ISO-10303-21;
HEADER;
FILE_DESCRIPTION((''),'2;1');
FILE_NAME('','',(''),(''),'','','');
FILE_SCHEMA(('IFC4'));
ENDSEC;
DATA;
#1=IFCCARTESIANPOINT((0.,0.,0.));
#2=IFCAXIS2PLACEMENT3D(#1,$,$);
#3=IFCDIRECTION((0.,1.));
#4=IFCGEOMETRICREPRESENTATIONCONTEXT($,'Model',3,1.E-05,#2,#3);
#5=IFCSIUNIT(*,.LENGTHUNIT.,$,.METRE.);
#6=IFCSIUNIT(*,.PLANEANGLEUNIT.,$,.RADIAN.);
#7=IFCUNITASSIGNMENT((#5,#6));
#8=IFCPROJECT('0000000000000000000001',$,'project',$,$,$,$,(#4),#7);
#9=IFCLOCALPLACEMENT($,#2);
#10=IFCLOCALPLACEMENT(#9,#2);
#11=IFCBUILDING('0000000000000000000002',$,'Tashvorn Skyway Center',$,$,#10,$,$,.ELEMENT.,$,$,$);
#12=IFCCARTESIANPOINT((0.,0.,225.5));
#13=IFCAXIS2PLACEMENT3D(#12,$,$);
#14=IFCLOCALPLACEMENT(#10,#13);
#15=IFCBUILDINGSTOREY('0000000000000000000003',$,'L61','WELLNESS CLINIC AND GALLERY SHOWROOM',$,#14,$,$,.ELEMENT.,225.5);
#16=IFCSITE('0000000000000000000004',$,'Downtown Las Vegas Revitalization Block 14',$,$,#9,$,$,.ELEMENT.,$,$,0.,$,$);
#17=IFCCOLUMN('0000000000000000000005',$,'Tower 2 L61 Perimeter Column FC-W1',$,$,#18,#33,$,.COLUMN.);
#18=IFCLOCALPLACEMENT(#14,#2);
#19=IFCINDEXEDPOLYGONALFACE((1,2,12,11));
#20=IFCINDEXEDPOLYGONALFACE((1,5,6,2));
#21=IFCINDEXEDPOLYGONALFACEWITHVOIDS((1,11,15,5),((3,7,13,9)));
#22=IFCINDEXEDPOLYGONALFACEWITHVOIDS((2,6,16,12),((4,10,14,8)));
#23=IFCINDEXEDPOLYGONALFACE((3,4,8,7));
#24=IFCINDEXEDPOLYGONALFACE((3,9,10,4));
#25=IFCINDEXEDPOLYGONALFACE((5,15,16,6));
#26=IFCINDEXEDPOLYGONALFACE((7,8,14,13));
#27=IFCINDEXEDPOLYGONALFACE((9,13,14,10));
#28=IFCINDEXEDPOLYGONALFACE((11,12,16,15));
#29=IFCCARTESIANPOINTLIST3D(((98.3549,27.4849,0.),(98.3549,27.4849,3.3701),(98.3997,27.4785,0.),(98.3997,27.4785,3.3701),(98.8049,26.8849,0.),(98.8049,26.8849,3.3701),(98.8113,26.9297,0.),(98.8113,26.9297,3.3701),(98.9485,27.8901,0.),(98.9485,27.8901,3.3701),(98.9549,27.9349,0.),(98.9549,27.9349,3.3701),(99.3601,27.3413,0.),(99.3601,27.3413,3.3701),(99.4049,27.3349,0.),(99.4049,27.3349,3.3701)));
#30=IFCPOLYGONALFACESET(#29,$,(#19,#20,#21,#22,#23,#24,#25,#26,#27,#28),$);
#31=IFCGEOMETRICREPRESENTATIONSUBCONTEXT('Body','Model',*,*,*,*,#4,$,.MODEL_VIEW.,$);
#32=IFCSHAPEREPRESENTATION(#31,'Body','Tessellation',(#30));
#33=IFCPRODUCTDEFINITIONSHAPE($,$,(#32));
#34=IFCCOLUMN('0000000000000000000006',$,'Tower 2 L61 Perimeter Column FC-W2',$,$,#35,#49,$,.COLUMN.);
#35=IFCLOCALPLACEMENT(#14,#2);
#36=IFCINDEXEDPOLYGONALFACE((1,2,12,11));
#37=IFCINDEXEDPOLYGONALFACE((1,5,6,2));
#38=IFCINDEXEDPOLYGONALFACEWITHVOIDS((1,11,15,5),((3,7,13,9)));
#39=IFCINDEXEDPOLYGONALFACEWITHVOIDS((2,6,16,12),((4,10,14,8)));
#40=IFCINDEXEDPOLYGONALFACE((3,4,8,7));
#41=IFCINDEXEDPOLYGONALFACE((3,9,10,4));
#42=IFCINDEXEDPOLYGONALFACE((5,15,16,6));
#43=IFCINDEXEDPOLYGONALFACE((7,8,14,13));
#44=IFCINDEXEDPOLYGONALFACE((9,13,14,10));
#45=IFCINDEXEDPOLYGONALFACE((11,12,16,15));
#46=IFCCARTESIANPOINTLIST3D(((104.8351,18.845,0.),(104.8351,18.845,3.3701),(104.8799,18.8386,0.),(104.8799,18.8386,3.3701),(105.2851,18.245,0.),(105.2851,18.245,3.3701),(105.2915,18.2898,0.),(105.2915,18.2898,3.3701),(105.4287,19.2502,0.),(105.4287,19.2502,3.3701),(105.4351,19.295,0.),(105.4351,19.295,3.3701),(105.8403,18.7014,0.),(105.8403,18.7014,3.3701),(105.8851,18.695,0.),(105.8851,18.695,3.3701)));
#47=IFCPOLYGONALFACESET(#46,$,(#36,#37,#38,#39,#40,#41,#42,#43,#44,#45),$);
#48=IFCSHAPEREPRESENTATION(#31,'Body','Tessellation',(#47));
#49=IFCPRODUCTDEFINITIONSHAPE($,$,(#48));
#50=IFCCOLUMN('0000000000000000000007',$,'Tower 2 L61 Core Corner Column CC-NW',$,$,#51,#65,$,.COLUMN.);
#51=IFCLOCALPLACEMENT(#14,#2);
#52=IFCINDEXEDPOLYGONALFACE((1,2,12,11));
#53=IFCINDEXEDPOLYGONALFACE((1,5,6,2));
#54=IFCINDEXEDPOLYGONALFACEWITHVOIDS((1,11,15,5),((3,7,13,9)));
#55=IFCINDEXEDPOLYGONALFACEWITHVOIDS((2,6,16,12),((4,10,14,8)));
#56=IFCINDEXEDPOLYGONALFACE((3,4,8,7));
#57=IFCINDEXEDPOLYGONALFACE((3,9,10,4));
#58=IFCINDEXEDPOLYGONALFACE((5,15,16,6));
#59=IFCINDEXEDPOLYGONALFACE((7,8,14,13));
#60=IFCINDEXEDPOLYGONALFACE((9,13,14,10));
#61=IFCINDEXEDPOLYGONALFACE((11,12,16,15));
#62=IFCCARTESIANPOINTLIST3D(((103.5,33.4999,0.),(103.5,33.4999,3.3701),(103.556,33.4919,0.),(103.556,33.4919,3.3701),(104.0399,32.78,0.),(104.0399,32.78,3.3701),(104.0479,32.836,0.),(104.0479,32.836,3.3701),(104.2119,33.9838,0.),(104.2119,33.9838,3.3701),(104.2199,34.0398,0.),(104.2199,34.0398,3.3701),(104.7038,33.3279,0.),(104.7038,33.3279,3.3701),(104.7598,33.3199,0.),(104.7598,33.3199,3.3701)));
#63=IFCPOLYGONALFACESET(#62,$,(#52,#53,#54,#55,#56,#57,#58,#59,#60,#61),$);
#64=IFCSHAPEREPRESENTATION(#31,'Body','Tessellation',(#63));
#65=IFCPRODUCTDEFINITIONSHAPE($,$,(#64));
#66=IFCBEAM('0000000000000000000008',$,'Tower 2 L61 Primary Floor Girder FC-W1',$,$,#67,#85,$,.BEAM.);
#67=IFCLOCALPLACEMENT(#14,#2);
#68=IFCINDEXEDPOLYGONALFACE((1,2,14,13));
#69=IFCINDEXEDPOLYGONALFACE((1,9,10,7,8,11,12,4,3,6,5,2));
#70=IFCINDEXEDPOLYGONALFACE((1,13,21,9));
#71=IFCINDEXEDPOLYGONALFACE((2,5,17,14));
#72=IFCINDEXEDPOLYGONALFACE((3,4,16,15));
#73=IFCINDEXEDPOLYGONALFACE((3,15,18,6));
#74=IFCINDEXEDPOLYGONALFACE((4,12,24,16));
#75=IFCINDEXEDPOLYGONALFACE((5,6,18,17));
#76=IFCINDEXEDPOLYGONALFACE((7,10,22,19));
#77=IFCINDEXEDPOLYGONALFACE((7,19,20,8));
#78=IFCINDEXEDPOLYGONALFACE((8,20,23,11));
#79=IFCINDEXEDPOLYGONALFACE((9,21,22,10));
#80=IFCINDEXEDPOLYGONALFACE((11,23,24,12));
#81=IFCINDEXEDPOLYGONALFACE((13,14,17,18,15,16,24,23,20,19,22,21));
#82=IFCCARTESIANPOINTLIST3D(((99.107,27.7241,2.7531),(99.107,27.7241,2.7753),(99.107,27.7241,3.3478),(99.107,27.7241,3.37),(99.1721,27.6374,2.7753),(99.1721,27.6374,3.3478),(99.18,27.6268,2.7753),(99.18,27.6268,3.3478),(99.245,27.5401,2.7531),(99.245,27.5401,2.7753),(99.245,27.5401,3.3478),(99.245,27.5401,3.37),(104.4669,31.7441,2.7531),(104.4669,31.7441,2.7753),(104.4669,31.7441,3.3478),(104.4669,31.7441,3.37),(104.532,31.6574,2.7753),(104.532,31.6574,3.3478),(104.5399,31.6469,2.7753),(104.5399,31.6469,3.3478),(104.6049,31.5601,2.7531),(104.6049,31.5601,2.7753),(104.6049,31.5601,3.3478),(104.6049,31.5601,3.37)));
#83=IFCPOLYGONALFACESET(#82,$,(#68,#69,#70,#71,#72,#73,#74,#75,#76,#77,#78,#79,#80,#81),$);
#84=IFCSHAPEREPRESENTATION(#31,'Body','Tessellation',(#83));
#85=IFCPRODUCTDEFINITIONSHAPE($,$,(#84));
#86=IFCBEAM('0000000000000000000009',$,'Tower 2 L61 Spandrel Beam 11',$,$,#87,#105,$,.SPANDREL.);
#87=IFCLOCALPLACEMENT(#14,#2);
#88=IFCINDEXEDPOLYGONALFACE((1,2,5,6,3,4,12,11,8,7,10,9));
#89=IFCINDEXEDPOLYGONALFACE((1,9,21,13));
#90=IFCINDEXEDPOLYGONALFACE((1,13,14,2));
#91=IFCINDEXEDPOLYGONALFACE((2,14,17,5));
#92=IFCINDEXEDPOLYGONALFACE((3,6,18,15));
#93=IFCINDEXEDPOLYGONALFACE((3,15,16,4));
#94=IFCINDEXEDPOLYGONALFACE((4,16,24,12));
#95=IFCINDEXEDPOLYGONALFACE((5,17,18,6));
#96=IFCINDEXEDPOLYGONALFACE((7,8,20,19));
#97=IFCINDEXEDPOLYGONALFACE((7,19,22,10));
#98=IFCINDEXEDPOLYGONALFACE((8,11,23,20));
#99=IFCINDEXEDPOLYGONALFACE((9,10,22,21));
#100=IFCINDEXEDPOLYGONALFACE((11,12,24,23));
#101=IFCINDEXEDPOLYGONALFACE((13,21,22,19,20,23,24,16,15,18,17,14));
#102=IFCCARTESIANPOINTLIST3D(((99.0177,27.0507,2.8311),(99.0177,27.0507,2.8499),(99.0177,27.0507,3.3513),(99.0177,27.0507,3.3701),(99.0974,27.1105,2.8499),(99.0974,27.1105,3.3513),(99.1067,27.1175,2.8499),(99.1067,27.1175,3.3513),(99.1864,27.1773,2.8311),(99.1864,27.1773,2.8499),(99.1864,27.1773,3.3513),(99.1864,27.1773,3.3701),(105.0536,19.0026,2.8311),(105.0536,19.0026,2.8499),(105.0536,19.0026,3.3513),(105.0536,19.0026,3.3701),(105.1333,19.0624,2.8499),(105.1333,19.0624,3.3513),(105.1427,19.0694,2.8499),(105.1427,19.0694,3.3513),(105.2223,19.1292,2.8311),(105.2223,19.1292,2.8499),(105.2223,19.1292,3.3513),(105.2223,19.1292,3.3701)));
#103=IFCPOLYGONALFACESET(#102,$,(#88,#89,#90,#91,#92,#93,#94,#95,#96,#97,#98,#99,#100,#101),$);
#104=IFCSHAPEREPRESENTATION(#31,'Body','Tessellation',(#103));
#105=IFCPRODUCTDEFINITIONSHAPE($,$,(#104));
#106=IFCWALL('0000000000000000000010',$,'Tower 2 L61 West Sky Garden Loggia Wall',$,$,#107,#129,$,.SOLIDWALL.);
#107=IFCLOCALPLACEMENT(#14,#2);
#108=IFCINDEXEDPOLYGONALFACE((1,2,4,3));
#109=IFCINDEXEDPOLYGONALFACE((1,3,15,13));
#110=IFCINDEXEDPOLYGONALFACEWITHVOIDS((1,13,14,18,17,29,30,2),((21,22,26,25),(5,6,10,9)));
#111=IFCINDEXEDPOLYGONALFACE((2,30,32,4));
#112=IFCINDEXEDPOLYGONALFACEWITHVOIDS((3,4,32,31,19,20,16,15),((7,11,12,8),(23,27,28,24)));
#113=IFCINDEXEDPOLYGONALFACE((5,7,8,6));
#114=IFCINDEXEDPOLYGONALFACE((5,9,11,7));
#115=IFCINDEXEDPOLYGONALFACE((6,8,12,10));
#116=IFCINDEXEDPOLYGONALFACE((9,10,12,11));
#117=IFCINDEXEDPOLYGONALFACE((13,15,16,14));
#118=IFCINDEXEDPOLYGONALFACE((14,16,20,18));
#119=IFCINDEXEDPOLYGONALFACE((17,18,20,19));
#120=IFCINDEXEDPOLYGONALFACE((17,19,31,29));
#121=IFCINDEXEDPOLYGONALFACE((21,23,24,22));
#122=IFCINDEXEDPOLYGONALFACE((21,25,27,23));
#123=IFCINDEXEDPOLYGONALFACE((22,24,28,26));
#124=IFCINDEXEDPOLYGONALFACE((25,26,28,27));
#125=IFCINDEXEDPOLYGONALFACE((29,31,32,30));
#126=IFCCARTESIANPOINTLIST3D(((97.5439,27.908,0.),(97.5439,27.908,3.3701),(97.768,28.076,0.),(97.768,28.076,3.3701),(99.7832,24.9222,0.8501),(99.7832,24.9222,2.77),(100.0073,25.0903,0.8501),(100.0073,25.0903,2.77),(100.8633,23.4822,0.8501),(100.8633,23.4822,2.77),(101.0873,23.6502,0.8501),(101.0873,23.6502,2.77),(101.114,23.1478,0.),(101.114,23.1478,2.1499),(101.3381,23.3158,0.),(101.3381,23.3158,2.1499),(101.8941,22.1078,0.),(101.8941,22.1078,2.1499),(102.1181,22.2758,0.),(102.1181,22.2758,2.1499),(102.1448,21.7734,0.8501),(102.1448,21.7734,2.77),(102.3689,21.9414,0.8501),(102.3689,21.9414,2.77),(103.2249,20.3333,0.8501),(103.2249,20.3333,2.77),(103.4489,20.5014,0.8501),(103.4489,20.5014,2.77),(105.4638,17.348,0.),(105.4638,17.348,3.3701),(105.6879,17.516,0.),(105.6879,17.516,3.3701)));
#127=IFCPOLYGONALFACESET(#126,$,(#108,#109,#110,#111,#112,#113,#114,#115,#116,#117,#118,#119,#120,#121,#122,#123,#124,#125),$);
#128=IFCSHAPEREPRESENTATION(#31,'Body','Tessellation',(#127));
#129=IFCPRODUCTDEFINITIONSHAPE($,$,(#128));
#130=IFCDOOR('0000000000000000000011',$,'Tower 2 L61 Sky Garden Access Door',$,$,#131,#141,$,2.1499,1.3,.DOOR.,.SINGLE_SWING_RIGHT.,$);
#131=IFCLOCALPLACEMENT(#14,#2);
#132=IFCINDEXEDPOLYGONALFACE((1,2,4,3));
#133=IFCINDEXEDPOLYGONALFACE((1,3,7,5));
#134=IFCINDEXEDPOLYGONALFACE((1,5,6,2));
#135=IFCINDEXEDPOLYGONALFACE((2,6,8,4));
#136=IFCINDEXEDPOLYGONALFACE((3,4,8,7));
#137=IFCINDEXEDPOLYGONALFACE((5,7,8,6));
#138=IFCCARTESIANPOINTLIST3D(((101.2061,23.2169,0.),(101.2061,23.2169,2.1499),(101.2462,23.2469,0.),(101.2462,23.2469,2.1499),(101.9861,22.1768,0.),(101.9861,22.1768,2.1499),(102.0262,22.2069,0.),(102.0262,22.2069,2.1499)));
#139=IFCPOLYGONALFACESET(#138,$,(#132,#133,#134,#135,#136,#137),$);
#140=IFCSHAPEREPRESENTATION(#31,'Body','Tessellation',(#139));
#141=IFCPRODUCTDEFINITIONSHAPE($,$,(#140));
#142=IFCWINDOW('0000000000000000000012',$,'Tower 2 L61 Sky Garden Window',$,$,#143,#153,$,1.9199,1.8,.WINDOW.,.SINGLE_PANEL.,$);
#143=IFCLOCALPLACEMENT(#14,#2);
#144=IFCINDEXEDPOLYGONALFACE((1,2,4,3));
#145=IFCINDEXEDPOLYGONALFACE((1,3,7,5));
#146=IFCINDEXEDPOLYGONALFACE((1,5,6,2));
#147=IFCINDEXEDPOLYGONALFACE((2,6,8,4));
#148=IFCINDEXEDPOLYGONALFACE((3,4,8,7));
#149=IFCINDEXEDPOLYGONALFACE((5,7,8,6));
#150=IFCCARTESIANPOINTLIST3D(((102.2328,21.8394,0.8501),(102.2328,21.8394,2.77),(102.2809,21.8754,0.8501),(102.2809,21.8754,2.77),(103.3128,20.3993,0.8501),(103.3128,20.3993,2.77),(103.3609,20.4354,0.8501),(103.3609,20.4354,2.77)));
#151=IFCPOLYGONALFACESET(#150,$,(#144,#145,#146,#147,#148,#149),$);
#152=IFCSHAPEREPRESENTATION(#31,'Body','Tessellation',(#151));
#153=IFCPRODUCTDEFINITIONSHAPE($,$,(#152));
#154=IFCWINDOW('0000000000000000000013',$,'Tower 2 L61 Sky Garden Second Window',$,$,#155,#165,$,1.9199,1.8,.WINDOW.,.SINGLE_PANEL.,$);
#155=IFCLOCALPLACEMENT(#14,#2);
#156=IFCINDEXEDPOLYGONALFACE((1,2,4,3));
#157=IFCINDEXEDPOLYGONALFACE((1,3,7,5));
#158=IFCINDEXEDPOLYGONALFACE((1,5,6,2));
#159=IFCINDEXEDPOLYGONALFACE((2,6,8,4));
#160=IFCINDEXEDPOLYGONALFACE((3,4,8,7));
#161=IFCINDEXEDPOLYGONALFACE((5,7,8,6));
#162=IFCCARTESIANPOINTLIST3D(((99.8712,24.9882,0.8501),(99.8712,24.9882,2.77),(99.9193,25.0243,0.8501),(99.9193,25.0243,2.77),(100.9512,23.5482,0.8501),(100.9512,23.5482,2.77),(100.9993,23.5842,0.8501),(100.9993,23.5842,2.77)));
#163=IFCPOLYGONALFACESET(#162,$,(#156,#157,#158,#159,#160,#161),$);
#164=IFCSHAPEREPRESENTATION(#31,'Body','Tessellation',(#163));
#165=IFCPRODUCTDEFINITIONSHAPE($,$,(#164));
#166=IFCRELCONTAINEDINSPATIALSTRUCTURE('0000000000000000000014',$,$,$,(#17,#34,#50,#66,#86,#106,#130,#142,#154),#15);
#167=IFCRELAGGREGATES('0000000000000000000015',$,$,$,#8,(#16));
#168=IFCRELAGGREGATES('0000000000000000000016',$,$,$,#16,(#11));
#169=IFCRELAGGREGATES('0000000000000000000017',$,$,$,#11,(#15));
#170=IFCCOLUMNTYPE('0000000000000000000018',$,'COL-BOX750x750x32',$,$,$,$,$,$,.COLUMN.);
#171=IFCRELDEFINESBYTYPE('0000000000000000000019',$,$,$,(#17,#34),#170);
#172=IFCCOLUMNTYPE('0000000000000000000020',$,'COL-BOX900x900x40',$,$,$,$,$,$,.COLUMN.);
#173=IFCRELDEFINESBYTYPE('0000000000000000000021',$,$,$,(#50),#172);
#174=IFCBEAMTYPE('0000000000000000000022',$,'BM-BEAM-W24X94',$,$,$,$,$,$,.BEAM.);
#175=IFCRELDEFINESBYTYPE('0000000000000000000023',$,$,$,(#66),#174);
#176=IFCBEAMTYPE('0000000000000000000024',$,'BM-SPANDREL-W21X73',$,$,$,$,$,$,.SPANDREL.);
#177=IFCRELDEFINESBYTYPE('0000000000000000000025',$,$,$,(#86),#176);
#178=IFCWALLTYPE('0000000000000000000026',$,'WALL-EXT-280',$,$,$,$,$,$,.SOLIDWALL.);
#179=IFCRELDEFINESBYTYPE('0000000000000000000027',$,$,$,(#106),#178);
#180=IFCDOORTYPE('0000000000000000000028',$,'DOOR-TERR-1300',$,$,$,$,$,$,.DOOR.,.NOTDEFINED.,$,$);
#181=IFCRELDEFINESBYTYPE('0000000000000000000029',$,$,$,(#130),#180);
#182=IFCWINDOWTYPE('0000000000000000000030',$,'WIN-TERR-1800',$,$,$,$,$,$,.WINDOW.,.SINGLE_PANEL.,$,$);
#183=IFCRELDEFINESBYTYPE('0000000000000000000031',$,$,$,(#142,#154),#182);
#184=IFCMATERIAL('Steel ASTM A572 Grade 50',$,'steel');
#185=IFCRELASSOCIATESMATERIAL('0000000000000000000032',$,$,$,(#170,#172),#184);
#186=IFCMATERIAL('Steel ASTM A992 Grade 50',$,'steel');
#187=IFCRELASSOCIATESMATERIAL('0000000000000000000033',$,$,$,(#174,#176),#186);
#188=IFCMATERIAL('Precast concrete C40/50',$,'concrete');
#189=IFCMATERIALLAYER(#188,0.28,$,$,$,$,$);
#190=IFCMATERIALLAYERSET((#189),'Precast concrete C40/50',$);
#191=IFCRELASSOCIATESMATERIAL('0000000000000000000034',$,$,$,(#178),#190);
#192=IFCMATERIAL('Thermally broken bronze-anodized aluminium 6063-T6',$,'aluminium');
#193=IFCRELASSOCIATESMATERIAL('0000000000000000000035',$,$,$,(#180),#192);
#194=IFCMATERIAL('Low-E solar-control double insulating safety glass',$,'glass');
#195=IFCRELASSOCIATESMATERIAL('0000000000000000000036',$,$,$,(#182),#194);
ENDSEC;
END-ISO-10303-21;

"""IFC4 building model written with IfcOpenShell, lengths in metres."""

from ifc_helpers import new_model, si_unit, direction, frame, frame_2d, origin, origin_2d, place, context, subcontext, project, spatial, rectangle, hollow_rectangle, i_section, extrude, material, layer, layer_set, material_profile, profile_set, type_object, element, fill, save


model = new_model("IFC4")

# Units and contexts
model_context = context("Model", 3, precision=1e-05, world=origin(), true_north=direction((0.0, 1.0)))
body_context = subcontext(model_context, "Body", "Model", "MODEL_VIEW")
ifc_project = project(units=[si_unit("LENGTHUNIT", "METRE"), si_unit("PLANEANGLEUNIT", "RADIAN")], contexts=[model_context])

# Site, building, storey
site_placement = place(None, origin())
site = spatial("IfcSite", under=ifc_project, at=site_placement, Name="Downtown Las Vegas Revitalization Block 14", CompositionType="ELEMENT", RefElevation=0.0)
building_placement = place(site_placement, origin())
building = spatial("IfcBuilding", under=site, at=building_placement, Name="Tashvorn Skyway Center", CompositionType="ELEMENT")
storey_placement = place(building_placement, frame((0.0, 0.0, 225.5)))
storey = spatial("IfcBuildingStorey", under=building, at=storey_placement, Name="L61", Description="WELLNESS CLINIC AND GALLERY SHOWROOM", CompositionType="ELEMENT", Elevation=225.5)

# Columns
ifc_material_1 = material(Name="Steel ASTM A572 Grade 50", Category="steel")
ifc_material_profile_1 = material_profile(ifc_material_1, hollow_rectangle(XDim=0.75, YDim=0.75, WallThickness=0.032, at=origin_2d()), Name="BOX750x750x32")
ifc_profile_set_1 = profile_set([ifc_material_profile_1], Name="Steel ASTM A572 Grade 50")
column_type_1 = type_object("IfcColumnType", Name="COL-BOX750x750x32", PredefinedType="COLUMN", material=ifc_profile_set_1)
for number, where, z_axis, x_axis, name in (
    (1, (98.8799, 27.4099, 0.0), (0.0, 0.0, 1.0), (0.8, 0.6, 0.0), "Tower 2 L61 Perimeter Column FC-W1"),
    (2, (105.3601, 18.77, 0.0), (0.0, 0.0, 1.0), (0.8, 0.6, 0.0), "Tower 2 L61 Perimeter Column FC-W2"),
):
    element("IfcColumn", number, at=place(storey_placement, frame(where, z_axis=z_axis, x_axis=x_axis)), inside=storey, type_object=column_type_1, Name=name, PredefinedType="COLUMN", context=body_context, shape_type="SweptSolid", body=[
        extrude(hollow_rectangle(XDim=0.75, YDim=0.75, WallThickness=0.032, at=origin_2d()), origin(), (0.0, 0.0, 1.0), 3.3701),
    ])
ifc_material_profile_2 = material_profile(ifc_material_1, hollow_rectangle(XDim=0.8999, YDim=0.8999, WallThickness=0.04, at=origin_2d()), Name="BOX900x900x40")
ifc_profile_set_2 = profile_set([ifc_material_profile_2], Name="Steel ASTM A572 Grade 50")
column_type_2 = type_object("IfcColumnType", Name="COL-BOX900x900x40", PredefinedType="COLUMN", material=ifc_profile_set_2)
column_placement = place(storey_placement, frame((104.1299, 33.4099, 0.0), z_axis=(0.0, 0.0, 1.0), x_axis=(0.8, 0.6, 0.0)))
element("IfcColumn", 3, at=column_placement, inside=storey, type_object=column_type_2, Name="Tower 2 L61 Core Corner Column CC-NW", PredefinedType="COLUMN", context=body_context, shape_type="SweptSolid", body=[
    extrude(hollow_rectangle(XDim=0.8999, YDim=0.8999, WallThickness=0.04, at=origin_2d()), origin(), (0.0, 0.0, 1.0), 3.3701),
])

# Beams
ifc_material_2 = material(Name="Steel ASTM A992 Grade 50", Category="steel")
ifc_material_profile_3 = material_profile(ifc_material_2, i_section(OverallWidth=0.23, OverallDepth=0.6169, WebThickness=0.0132, FlangeThickness=0.0222, at=origin_2d()), Name="W24X94")
ifc_profile_set_3 = profile_set([ifc_material_profile_3], Name="Steel ASTM A992 Grade 50")
beam_type_1 = type_object("IfcBeamType", Name="BM-BEAM-W24X94", PredefinedType="BEAM", material=ifc_profile_set_3)
beam_1_placement = place(storey_placement, frame((99.176, 27.6321, 3.0615), z_axis=(0.799991, 0.600012, 0.0), x_axis=(-0.600012, 0.799991, 0.0)))
element("IfcBeam", 4, at=beam_1_placement, inside=storey, type_object=beam_type_1, Name="Tower 2 L61 Primary Floor Girder FC-W1", PredefinedType="BEAM", context=body_context, shape_type="SweptSolid", body=[
    extrude(i_section(OverallWidth=0.23, OverallDepth=0.6169, WebThickness=0.0132, FlangeThickness=0.0222, at=origin_2d()), origin(), (0.0, 0.0, 1.0), 6.7),
])
ifc_material_profile_4 = material_profile(ifc_material_2, i_section(OverallWidth=0.2109, OverallDepth=0.5391, WebThickness=0.0117, FlangeThickness=0.0188, at=origin_2d()), Name="W21X73")
ifc_profile_set_4 = profile_set([ifc_material_profile_4], Name="Steel ASTM A992 Grade 50")
beam_type_2 = type_object("IfcBeamType", Name="BM-SPANDREL-W21X73", PredefinedType="SPANDREL", material=ifc_profile_set_4)
beam_2_placement = place(storey_placement, frame((99.1021, 27.114, 3.1006), z_axis=(0.599988, -0.800009, 0.0), x_axis=(0.800009, 0.599988, 0.0)))
element("IfcBeam", 5, at=beam_2_placement, inside=storey, type_object=beam_type_2, Name="Tower 2 L61 Spandrel Beam 11", PredefinedType="SPANDREL", context=body_context, shape_type="SweptSolid", body=[
    extrude(i_section(OverallWidth=0.2109, OverallDepth=0.5391, WebThickness=0.0117, FlangeThickness=0.0188, at=origin_2d()), origin(), (0.0, 0.0, 1.0), 10.0601),
])

# Wall, openings, door, windows
ifc_material_3 = material(Name="Precast concrete C40/50", Category="concrete")
ifc_layer_1 = layer(ifc_material_3, 0.28)
ifc_layer_set_1 = layer_set([ifc_layer_1], Name="Precast concrete C40/50")
wall_type_1 = type_object("IfcWallType", Name="WALL-EXT-280", PredefinedType="SOLIDWALL", material=ifc_layer_set_1)
wall_1_placement = place(storey_placement, frame((105.5759, 17.4319, 0.0), z_axis=(0.0, 0.0, 1.0), x_axis=(-0.599994, 0.800004, 0.0)))
wall_1 = element("IfcWall", 6, at=wall_1_placement, inside=storey, type_object=wall_type_1, Name="Tower 2 L61 West Sky Garden Loggia Wall", PredefinedType="SOLIDWALL", context=body_context, shape_type="SweptSolid", body=[
    extrude(rectangle(XDim=13.2, YDim=0.28, at=frame_2d((6.6001, 0.0))), origin(), (0.0, 0.0, 1.0), 3.3701),
])
opening_1_placement = place(wall_1_placement, frame((5.95, 0.0, 0.0)))
opening_1 = element("IfcOpeningElement", 7, at=opening_1_placement, cuts=wall_1, PredefinedType="OPENING", context=body_context, shape_type="SweptSolid", body=[
    extrude(rectangle(XDim=1.3, YDim=2.1499, at=frame_2d((0.6499, 1.075))), frame((0.0, 0.1499, 0.0), z_axis=(0.0, -1.0, 0.0), x_axis=(1.0, 0.0, 0.0)), (0.0, 0.0, 1.0), 0.3),
])
opening_2_placement = place(wall_1_placement, frame((3.7319, 0.0, 0.8501)))
opening_2 = element("IfcOpeningElement", 8, at=opening_2_placement, cuts=wall_1, PredefinedType="OPENING", context=body_context, shape_type="SweptSolid", body=[
    extrude(rectangle(XDim=1.8, YDim=1.9199, at=frame_2d((0.8999, 0.96))), frame((0.0, 0.1499, 0.0), z_axis=(0.0, -1.0, 0.0), x_axis=(1.0, 0.0, 0.0)), (0.0, 0.0, 1.0), 0.3),
])
opening_3_placement = place(wall_1_placement, frame((7.668, 0.0, 0.8501)))
opening_3 = element("IfcOpeningElement", 9, at=opening_3_placement, cuts=wall_1, PredefinedType="OPENING", context=body_context, shape_type="SweptSolid", body=[
    extrude(rectangle(XDim=1.8, YDim=1.9199, at=frame_2d((0.8999, 0.96))), frame((0.0, 0.1499, 0.0), z_axis=(0.0, -1.0, 0.0), x_axis=(1.0, 0.0, 0.0)), (0.0, 0.0, 1.0), 0.3),
])
ifc_material_4 = material(Name="Thermally broken bronze-anodized aluminium 6063-T6", Category="aluminium")
door_type = type_object("IfcDoorType", Name="DOOR-TERR-1300", OperationType="NOTDEFINED", PredefinedType="DOOR", material=ifc_material_4)
door_placement = place(opening_1_placement, origin())
door = element("IfcDoor", 10, at=door_placement, inside=storey, type_object=door_type, Name="Tower 2 L61 Sky Garden Access Door", OperationType="SINGLE_SWING_RIGHT", OverallHeight=2.1499, OverallWidth=1.3, PredefinedType="DOOR", context=body_context, shape_type="SweptSolid", body=[
    extrude(rectangle(XDim=1.3, YDim=2.1499, at=frame_2d((0.6499, 1.075))), frame((0.0, 0.0249, 0.0), z_axis=(0.0, -1.0, 0.0), x_axis=(1.0, 0.0, 0.0)), (0.0, 0.0, 1.0), 0.05),
])
fill(opening_1, door)
ifc_material_5 = material(Name="Low-E solar-control double insulating safety glass", Category="glass")
window_type = type_object("IfcWindowType", Name="WIN-TERR-1800", PartitioningType="SINGLE_PANEL", PredefinedType="WINDOW", material=ifc_material_5)
window_1_placement = place(opening_2_placement, origin())
window_1 = element("IfcWindow", 11, at=window_1_placement, inside=storey, type_object=window_type, Name="Tower 2 L61 Sky Garden Window", OverallHeight=1.9199, OverallWidth=1.8, PartitioningType="SINGLE_PANEL", PredefinedType="WINDOW", context=body_context, shape_type="SweptSolid", body=[
    extrude(rectangle(XDim=1.8, YDim=1.9199, at=frame_2d((0.8999, 0.96))), frame((0.0, 0.03, 0.0), z_axis=(0.0, -1.0, 0.0), x_axis=(1.0, 0.0, 0.0)), (0.0, 0.0, 1.0), 0.0601),
])
fill(opening_2, window_1)
window_2_placement = place(opening_3_placement, origin())
window_2 = element("IfcWindow", 12, at=window_2_placement, inside=storey, type_object=window_type, Name="Tower 2 L61 Sky Garden Second Window", OverallHeight=1.9199, OverallWidth=1.8, PartitioningType="SINGLE_PANEL", PredefinedType="WINDOW", context=body_context, shape_type="SweptSolid", body=[
    extrude(rectangle(XDim=1.8, YDim=1.9199, at=frame_2d((0.8999, 0.96))), frame((0.0, 0.03, 0.0), z_axis=(0.0, -1.0, 0.0), x_axis=(1.0, 0.0, 0.0)), (0.0, 0.0, 1.0), 0.0601),
])
fill(opening_3, window_2)

save(model, "model.ifc")
